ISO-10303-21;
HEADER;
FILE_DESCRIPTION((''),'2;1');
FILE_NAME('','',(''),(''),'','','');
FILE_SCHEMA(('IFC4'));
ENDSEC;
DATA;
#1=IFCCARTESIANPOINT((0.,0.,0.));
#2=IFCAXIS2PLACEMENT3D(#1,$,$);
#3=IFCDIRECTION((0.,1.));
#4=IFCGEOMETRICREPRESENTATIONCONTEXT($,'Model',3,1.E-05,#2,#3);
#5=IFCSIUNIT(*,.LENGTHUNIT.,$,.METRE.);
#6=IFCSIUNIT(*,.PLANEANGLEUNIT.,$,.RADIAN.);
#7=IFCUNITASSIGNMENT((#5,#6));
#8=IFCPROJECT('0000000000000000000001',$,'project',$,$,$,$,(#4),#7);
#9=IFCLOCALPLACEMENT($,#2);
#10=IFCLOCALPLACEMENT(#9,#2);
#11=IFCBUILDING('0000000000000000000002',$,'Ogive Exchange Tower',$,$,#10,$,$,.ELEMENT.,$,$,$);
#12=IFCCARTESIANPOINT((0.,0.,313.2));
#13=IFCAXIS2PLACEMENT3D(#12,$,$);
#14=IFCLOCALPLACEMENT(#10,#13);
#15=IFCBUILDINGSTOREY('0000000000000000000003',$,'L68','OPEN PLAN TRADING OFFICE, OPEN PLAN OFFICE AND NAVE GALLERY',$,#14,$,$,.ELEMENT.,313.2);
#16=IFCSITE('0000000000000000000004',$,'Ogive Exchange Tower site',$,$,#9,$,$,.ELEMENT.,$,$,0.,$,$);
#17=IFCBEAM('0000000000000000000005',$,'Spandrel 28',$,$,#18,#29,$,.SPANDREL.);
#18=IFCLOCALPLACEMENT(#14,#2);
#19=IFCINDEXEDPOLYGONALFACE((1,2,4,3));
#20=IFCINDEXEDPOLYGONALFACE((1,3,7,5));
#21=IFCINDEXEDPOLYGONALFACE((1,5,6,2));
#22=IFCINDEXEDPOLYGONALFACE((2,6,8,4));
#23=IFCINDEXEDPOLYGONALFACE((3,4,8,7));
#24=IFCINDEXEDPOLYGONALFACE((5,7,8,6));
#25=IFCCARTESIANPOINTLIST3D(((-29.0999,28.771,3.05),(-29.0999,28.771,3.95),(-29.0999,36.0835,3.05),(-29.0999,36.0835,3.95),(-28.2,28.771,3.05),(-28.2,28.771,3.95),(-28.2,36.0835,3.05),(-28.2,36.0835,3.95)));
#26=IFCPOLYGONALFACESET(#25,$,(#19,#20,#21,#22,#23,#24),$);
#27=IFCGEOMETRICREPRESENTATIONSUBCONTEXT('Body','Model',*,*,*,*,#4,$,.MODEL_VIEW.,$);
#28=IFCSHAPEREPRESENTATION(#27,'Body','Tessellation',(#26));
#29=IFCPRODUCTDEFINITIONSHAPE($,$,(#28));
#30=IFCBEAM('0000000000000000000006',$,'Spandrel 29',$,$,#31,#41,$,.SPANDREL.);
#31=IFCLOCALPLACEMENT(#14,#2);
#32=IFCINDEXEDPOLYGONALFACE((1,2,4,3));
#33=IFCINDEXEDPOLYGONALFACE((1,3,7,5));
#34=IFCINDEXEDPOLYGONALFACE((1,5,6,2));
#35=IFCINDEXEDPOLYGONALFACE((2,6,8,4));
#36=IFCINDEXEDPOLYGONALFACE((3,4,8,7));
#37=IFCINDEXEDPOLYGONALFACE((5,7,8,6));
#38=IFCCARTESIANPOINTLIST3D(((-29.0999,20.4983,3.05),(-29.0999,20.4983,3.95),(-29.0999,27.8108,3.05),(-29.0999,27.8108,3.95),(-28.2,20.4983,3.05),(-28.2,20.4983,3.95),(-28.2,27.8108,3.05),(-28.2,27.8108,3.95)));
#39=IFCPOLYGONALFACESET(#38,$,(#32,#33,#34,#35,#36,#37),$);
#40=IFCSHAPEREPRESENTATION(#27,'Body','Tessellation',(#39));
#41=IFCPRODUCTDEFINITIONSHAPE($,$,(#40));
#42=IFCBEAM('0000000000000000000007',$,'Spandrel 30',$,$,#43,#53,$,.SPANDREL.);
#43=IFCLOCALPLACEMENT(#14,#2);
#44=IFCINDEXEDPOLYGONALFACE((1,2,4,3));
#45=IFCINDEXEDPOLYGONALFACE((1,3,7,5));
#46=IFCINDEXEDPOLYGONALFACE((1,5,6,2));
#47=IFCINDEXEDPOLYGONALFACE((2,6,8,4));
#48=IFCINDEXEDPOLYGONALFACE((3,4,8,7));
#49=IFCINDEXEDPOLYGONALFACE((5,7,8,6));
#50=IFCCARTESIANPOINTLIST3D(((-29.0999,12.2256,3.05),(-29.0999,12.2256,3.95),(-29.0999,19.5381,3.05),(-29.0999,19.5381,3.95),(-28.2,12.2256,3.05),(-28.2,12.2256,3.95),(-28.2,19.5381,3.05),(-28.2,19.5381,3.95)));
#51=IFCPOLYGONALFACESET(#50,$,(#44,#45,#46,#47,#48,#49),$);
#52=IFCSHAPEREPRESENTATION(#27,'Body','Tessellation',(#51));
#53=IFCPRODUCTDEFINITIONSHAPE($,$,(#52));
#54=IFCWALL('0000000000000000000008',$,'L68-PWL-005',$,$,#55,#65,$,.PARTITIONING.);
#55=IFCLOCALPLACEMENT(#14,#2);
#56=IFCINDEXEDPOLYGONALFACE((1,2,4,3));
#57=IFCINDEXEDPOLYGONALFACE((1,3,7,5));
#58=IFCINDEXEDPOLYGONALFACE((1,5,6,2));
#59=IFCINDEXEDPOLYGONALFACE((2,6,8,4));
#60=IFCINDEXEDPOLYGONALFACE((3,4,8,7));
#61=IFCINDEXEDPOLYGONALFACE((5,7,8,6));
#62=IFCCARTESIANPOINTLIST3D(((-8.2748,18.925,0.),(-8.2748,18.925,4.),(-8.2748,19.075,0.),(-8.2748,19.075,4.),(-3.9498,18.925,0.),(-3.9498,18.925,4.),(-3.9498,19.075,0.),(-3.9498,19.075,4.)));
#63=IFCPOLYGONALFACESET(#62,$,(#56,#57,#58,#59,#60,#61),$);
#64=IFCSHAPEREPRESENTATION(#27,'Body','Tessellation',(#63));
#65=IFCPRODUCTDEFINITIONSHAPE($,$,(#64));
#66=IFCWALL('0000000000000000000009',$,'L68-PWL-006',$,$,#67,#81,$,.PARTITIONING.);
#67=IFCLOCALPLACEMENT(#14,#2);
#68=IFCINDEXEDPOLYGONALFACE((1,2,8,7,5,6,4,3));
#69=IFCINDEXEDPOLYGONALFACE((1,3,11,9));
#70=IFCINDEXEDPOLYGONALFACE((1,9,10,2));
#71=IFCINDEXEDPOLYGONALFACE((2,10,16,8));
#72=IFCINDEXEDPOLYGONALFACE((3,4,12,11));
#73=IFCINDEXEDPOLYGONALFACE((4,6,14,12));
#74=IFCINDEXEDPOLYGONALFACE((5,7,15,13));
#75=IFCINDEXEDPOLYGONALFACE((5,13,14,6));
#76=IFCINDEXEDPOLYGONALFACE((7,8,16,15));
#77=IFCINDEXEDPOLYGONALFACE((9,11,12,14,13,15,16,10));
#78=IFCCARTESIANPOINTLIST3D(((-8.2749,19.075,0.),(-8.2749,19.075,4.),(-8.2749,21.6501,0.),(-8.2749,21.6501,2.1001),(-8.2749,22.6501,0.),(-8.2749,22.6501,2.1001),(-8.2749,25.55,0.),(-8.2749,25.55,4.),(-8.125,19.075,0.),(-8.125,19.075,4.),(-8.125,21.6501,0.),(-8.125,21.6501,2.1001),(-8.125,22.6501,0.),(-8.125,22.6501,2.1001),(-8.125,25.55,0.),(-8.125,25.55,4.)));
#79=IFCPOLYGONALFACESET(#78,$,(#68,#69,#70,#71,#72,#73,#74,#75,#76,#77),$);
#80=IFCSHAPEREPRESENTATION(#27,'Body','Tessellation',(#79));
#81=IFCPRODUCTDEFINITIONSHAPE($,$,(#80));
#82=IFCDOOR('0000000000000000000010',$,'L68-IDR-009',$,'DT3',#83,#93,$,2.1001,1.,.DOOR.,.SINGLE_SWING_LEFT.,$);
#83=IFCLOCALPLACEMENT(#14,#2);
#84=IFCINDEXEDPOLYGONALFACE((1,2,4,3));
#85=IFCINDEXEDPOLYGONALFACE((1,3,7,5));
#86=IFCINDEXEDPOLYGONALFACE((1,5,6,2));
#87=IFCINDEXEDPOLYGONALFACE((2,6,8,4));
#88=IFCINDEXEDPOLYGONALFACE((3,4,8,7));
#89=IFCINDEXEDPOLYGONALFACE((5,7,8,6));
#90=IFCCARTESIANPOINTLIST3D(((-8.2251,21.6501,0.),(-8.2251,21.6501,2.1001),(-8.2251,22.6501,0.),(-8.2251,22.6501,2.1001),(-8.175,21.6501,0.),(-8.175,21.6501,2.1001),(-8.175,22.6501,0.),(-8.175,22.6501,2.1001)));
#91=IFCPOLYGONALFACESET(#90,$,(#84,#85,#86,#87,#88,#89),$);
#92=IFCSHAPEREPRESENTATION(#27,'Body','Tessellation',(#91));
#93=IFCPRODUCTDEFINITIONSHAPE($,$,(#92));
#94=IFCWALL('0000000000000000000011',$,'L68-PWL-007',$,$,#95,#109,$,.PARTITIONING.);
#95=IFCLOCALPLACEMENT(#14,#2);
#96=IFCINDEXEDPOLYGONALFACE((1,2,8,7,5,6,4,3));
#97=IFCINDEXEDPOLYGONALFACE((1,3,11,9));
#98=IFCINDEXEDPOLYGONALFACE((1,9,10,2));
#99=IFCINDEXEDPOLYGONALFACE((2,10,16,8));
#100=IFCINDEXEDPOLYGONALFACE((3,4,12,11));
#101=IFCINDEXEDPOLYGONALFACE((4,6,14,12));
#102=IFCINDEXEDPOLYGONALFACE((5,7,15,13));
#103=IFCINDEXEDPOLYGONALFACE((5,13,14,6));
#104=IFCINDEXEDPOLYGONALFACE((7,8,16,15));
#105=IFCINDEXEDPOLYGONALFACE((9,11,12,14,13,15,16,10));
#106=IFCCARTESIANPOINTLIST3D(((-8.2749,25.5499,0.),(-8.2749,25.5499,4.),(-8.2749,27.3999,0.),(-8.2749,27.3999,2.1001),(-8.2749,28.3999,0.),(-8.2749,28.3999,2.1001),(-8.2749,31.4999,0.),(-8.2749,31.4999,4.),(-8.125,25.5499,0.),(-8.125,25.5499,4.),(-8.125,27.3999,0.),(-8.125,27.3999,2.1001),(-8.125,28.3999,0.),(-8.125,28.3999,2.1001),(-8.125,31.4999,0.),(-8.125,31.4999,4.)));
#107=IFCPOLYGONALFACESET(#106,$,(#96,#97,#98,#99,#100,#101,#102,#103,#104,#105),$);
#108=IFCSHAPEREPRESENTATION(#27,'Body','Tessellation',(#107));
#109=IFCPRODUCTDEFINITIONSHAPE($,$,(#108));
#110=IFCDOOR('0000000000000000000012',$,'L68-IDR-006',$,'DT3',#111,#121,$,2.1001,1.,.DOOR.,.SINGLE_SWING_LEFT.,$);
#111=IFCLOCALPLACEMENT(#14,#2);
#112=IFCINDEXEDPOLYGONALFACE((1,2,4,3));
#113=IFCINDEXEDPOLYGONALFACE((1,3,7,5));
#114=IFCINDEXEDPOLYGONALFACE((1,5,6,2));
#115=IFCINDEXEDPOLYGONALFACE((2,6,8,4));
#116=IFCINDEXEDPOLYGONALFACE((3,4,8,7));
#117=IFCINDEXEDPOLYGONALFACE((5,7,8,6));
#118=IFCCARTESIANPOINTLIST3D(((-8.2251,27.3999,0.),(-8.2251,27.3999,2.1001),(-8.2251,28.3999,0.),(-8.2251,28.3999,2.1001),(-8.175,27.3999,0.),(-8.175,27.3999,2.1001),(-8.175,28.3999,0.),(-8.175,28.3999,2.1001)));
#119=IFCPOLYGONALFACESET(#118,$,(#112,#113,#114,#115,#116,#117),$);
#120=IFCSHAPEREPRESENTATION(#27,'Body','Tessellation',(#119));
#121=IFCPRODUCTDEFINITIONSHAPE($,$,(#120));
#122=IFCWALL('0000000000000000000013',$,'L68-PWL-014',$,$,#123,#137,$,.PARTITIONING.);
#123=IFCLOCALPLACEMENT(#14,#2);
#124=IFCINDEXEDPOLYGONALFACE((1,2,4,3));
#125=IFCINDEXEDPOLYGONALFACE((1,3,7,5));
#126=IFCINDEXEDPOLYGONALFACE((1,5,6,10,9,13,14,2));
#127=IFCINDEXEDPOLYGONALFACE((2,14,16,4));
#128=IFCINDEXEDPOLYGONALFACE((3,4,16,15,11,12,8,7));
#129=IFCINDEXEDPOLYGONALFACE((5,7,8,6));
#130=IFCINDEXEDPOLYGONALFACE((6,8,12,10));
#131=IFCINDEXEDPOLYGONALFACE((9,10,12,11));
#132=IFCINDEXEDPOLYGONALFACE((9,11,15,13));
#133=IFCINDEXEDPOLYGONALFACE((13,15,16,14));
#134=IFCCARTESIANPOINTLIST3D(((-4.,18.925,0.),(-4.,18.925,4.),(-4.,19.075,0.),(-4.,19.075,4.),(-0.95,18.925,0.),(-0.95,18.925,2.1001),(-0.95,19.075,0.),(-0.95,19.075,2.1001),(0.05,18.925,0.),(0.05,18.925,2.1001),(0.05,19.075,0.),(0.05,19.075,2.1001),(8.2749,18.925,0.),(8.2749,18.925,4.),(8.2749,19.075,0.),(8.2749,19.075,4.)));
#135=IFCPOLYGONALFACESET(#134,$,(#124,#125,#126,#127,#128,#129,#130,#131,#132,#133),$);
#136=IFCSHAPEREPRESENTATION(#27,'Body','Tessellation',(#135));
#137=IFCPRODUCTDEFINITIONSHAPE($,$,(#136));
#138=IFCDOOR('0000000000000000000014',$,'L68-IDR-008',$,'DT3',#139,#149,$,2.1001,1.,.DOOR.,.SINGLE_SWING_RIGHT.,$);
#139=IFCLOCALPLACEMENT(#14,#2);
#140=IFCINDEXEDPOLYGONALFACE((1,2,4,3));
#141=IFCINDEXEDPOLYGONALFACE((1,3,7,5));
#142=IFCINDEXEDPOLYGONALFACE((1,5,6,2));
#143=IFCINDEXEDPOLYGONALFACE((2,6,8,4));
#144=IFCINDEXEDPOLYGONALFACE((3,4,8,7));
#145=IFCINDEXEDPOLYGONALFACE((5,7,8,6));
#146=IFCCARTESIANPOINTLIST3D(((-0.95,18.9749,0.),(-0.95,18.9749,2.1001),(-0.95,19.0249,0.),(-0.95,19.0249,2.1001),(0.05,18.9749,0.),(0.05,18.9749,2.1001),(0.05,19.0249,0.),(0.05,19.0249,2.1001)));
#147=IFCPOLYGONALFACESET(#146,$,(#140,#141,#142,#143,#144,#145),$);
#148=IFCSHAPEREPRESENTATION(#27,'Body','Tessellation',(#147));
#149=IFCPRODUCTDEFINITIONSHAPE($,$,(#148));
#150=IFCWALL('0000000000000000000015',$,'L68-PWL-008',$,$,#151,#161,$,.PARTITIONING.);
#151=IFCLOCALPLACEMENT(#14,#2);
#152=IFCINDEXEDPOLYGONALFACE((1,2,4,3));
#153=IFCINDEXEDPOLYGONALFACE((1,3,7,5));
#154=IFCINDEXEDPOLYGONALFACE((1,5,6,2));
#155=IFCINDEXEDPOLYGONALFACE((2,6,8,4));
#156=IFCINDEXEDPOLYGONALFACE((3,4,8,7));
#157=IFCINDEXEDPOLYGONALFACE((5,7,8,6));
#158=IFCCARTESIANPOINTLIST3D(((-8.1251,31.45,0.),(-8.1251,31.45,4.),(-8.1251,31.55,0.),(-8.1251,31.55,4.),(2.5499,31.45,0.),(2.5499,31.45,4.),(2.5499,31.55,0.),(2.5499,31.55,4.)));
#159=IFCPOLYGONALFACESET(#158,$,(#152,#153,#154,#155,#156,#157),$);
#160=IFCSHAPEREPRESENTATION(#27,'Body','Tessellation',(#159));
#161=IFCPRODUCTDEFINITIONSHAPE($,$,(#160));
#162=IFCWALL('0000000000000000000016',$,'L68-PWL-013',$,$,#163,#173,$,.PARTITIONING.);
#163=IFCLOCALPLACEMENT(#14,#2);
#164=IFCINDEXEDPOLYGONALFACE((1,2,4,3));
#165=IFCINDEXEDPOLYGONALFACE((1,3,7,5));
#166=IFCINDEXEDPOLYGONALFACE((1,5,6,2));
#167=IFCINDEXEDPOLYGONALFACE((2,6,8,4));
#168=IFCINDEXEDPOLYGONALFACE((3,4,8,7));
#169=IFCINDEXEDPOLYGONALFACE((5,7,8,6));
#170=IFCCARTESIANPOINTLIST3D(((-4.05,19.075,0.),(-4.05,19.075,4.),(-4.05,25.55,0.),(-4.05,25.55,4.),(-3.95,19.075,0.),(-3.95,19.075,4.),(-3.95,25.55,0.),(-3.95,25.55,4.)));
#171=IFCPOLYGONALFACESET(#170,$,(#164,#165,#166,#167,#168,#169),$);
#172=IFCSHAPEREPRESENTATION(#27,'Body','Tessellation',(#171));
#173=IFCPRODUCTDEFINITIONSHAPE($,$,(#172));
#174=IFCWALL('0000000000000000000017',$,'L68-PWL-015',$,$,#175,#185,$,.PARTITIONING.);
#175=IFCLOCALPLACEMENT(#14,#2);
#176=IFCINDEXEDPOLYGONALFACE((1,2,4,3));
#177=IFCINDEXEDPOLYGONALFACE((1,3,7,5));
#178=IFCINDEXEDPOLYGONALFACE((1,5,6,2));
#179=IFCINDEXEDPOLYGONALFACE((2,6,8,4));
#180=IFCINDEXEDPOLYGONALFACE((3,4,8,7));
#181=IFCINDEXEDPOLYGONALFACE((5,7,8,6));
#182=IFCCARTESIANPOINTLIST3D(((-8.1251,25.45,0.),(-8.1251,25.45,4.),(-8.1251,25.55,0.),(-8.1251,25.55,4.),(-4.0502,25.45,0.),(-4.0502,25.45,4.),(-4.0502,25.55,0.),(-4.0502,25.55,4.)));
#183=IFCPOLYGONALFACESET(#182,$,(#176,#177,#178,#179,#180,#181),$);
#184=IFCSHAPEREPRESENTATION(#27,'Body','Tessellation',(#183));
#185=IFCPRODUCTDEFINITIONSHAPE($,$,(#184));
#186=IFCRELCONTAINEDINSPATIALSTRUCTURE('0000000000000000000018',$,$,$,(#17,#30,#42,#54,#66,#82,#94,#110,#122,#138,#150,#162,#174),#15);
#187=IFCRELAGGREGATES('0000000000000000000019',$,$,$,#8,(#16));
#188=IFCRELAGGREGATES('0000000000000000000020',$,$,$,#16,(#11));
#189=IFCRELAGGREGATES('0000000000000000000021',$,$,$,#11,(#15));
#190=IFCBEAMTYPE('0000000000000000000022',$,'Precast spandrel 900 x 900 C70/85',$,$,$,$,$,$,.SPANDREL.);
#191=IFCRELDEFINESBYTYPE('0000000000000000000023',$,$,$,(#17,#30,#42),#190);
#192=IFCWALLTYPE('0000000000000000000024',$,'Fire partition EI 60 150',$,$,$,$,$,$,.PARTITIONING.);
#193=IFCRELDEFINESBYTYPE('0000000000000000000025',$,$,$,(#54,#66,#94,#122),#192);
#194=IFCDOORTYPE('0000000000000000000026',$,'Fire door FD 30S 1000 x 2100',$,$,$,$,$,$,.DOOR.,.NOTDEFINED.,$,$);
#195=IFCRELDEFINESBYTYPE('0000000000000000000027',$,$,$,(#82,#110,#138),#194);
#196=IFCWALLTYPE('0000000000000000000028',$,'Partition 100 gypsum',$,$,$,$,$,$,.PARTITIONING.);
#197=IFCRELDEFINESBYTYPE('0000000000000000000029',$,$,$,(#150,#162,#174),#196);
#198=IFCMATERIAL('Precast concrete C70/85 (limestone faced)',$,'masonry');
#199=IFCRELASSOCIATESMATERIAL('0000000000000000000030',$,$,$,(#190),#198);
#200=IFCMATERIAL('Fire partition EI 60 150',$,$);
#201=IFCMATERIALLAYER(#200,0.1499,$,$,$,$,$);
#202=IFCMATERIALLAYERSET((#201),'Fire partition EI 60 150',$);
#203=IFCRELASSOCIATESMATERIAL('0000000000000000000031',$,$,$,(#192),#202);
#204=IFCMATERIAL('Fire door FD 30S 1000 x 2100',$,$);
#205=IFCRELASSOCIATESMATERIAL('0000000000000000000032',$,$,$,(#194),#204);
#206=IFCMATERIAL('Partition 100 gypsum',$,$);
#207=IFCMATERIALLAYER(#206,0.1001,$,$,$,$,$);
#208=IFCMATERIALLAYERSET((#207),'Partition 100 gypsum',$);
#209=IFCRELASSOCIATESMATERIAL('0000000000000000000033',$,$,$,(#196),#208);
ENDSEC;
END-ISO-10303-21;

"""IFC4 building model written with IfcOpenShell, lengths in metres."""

from ifc_helpers import new_model, si_unit, direction, frame, frame_2d, origin, origin_2d, place, context, subcontext, project, spatial, rectangle, extrude, material, layer, layer_set, material_profile, profile_set, type_object, element, fill, save


model = new_model("IFC4")

# Units and contexts
model_context = context("Model", 3, precision=1e-05, world=origin(), true_north=direction((0.0, 1.0)))
body_context = subcontext(model_context, "Body", "Model", "MODEL_VIEW")
ifc_project = project(units=[si_unit("LENGTHUNIT", "METRE"), si_unit("PLANEANGLEUNIT", "RADIAN")], contexts=[model_context])

# Site, building, storey
site_placement = place(None, origin())
site = spatial("IfcSite", under=ifc_project, at=site_placement, Name="Ogive Exchange Tower site", CompositionType="ELEMENT", RefElevation=0.0)
building_placement = place(site_placement, origin())
building = spatial("IfcBuilding", under=site, at=building_placement, Name="Ogive Exchange Tower", CompositionType="ELEMENT")
storey_placement = place(building_placement, frame((0.0, 0.0, 313.2)))
storey = spatial("IfcBuildingStorey", under=building, at=storey_placement, Name="L68", Description="OPEN PLAN TRADING OFFICE, OPEN PLAN OFFICE AND NAVE GALLERY", CompositionType="ELEMENT", Elevation=313.2)

# Shared definitions
ifc_material_1 = material(Name="Precast concrete C70/85 (limestone faced)", Category="masonry")

# Beams
ifc_material_profile_1 = material_profile(ifc_material_1, rectangle(XDim=0.8999, YDim=0.8999, at=origin_2d()), Name="900 x 900")
ifc_profile_set_1 = profile_set([ifc_material_profile_1], Name="Precast concrete C70/85 (limestone faced)")
beam_type_1 = type_object("IfcBeamType", Name="Precast spandrel 900 x 900 C70/85", PredefinedType="SPANDREL", material=ifc_profile_set_1)
for number, where, z_axis, x_axis, name in (
    (1, (-28.6499, 36.0835, 3.5), (0.0, -1.0, 0.0), (1.0, 0.0, 0.0), "Spandrel 28"),
    (2, (-28.6499, 27.8108, 3.5), (0.0, -1.0, 0.0), (1.0, 0.0, 0.0), "Spandrel 29"),
    (3, (-28.6499, 19.5381, 3.5), (0.0, -1.0, 0.0), (1.0, 0.0, 0.0), "Spandrel 30"),
):
    element("IfcBeam", number, at=place(storey_placement, frame(where, z_axis=z_axis, x_axis=x_axis)), inside=storey, type_object=beam_type_1, Name=name, PredefinedType="SPANDREL", context=body_context, shape_type="SweptSolid", body=[
        extrude(rectangle(XDim=0.8999, YDim=0.8999, at=origin_2d()), origin(), (0.0, 0.0, 1.0), 7.3125),
    ])

# Wall
ifc_material_2 = material(Name="Fire partition EI 60 150")
ifc_layer_1 = layer(ifc_material_2, 0.1499)
ifc_layer_set_1 = layer_set([ifc_layer_1], Name="Fire partition EI 60 150")
wall_type_1 = type_object("IfcWallType", Name="Fire partition EI 60 150", PredefinedType="PARTITIONING", material=ifc_layer_set_1)
wall_1_placement = place(storey_placement, frame((-8.2749, 19.0, 0.0), z_axis=(0.0, 0.0, 1.0), x_axis=(1.0, 0.0, 0.0)))
element("IfcWall", 4, at=wall_1_placement, inside=storey, type_object=wall_type_1, Name="L68-PWL-005", PredefinedType="PARTITIONING", context=body_context, shape_type="SweptSolid", body=[
    extrude(rectangle(XDim=4.325, YDim=0.1499, at=frame_2d((2.1626, 0.0))), origin(), (0.0, 0.0, 1.0), 4.0),
])

# Walls, openings, doors
wall_2_placement = place(storey_placement, frame((-8.2, 25.55, 0.0), z_axis=(0.0, 0.0, 1.0), x_axis=(0.0, -1.0, 0.0)))
wall_2 = element("IfcWall", 5, at=wall_2_placement, inside=storey, type_object=wall_type_1, Name="L68-PWL-006", PredefinedType="PARTITIONING", context=body_context, shape_type="SweptSolid", body=[
    extrude(rectangle(XDim=6.4751, YDim=0.1499, at=frame_2d((3.2375, 0.0))), origin(), (0.0, 0.0, 1.0), 4.0),
])
opening_1_placement = place(wall_2_placement, frame((2.8999, 0.0, 0.0)))
opening_1 = element("IfcOpeningElement", 6, at=opening_1_placement, cuts=wall_2, PredefinedType="OPENING", context=body_context, shape_type="SweptSolid", body=[
    extrude(rectangle(XDim=1.0, YDim=2.1001, at=frame_2d((0.5, 1.05))), frame((0.0, 0.085, 0.0), z_axis=(0.0, -1.0, 0.0), x_axis=(1.0, 0.0, 0.0)), (0.0, 0.0, 1.0), 0.1699),
])
ifc_material_3 = material(Name="Fire door FD 30S 1000 x 2100")
door_type_1 = type_object("IfcDoorType", Name="Fire door FD 30S 1000 x 2100", OperationType="NOTDEFINED", PredefinedType="DOOR", material=ifc_material_3)
door_1_placement = place(opening_1_placement, origin())
door_1 = element("IfcDoor", 7, at=door_1_placement, inside=storey, type_object=door_type_1, Name="L68-IDR-009", ObjectType="DT3", OperationType="SINGLE_SWING_LEFT", OverallHeight=2.1001, OverallWidth=1.0, PredefinedType="DOOR", context=body_context, shape_type="SweptSolid", body=[
    extrude(rectangle(XDim=1.0, YDim=2.1001, at=frame_2d((0.5, 1.05))), frame((0.0, 0.0249, 0.0), z_axis=(0.0, -1.0, 0.0), x_axis=(1.0, 0.0, 0.0)), (0.0, 0.0, 1.0), 0.05),
])
fill(opening_1, door_1)
wall_3_placement = place(storey_placement, frame((-8.2, 31.5, 0.0), z_axis=(0.0, 0.0, 1.0), x_axis=(0.0, -1.0, 0.0)))
wall_3 = element("IfcWall", 8, at=wall_3_placement, inside=storey, type_object=wall_type_1, Name="L68-PWL-007", PredefinedType="PARTITIONING", context=body_context, shape_type="SweptSolid", body=[
    extrude(rectangle(XDim=5.95, YDim=0.1499, at=frame_2d((2.9751, 0.0))), origin(), (0.0, 0.0, 1.0), 4.0),
])
opening_2_placement = place(wall_3_placement, frame((3.1001, 0.0, 0.0)))
opening_2 = element("IfcOpeningElement", 9, at=opening_2_placement, cuts=wall_3, PredefinedType="OPENING", context=body_context, shape_type="SweptSolid", body=[
    extrude(rectangle(XDim=1.0, YDim=2.1001, at=frame_2d((0.5, 1.05))), frame((0.0, 0.085, 0.0), z_axis=(0.0, -1.0, 0.0), x_axis=(1.0, 0.0, 0.0)), (0.0, 0.0, 1.0), 0.1699),
])
door_2_placement = place(opening_2_placement, origin())
door_2 = element("IfcDoor", 10, at=door_2_placement, inside=storey, type_object=door_type_1, Name="L68-IDR-006", ObjectType="DT3", OperationType="SINGLE_SWING_LEFT", OverallHeight=2.1001, OverallWidth=1.0, PredefinedType="DOOR", context=body_context, shape_type="SweptSolid", body=[
    extrude(rectangle(XDim=1.0, YDim=2.1001, at=frame_2d((0.5, 1.05))), frame((0.0, 0.0249, 0.0), z_axis=(0.0, -1.0, 0.0), x_axis=(1.0, 0.0, 0.0)), (0.0, 0.0, 1.0), 0.05),
])
fill(opening_2, door_2)
wall_4_placement = place(storey_placement, frame((-4.0, 19.0, 0.0), z_axis=(0.0, 0.0, 1.0), x_axis=(1.0, 0.0, 0.0)))
wall_4 = element("IfcWall", 11, at=wall_4_placement, inside=storey, type_object=wall_type_1, Name="L68-PWL-014", PredefinedType="PARTITIONING", context=body_context, shape_type="SweptSolid", body=[
    extrude(rectangle(XDim=12.2749, YDim=0.1499, at=frame_2d((6.1375, 0.0))), origin(), (0.0, 0.0, 1.0), 4.0),
])
opening_3_placement = place(wall_4_placement, frame((3.05, 0.0, 0.0)))
opening_3 = element("IfcOpeningElement", 12, at=opening_3_placement, cuts=wall_4, PredefinedType="OPENING", context=body_context, shape_type="SweptSolid", body=[
    extrude(rectangle(XDim=1.0, YDim=2.1001, at=frame_2d((0.5, 1.05))), frame((0.0, 0.085, 0.0), z_axis=(0.0, -1.0, 0.0), x_axis=(1.0, 0.0, 0.0)), (0.0, 0.0, 1.0), 0.1699),
])
door_3_placement = place(opening_3_placement, origin())
door_3 = element("IfcDoor", 13, at=door_3_placement, inside=storey, type_object=door_type_1, Name="L68-IDR-008", ObjectType="DT3", OperationType="SINGLE_SWING_RIGHT", OverallHeight=2.1001, OverallWidth=1.0, PredefinedType="DOOR", context=body_context, shape_type="SweptSolid", body=[
    extrude(rectangle(XDim=1.0, YDim=2.1001, at=frame_2d((0.5, 1.05))), frame((0.0, 0.0249, 0.0), z_axis=(0.0, -1.0, 0.0), x_axis=(1.0, 0.0, 0.0)), (0.0, 0.0, 1.0), 0.05),
])
fill(opening_3, door_3)

# Walls
ifc_material_4 = material(Name="Partition 100 gypsum")
ifc_layer_2 = layer(ifc_material_4, 0.1001)
ifc_layer_set_2 = layer_set([ifc_layer_2], Name="Partition 100 gypsum")
wall_type_2 = type_object("IfcWallType", Name="Partition 100 gypsum", PredefinedType="PARTITIONING", material=ifc_layer_set_2)
wall_5_placement = place(storey_placement, frame((-8.125, 31.5, 0.0), z_axis=(0.0, 0.0, 1.0), x_axis=(1.0, 0.0, 0.0)))
element("IfcWall", 14, at=wall_5_placement, inside=storey, type_object=wall_type_2, Name="L68-PWL-008", PredefinedType="PARTITIONING", context=body_context, shape_type="SweptSolid", body=[
    extrude(rectangle(XDim=10.675, YDim=0.1001, at=frame_2d((5.3374, 0.0))), origin(), (0.0, 0.0, 1.0), 4.0),
])
wall_6_placement = place(storey_placement, frame((-4.0, 19.075, 0.0), z_axis=(0.0, 0.0, 1.0), x_axis=(0.0, 1.0, 0.0)))
element("IfcWall", 15, at=wall_6_placement, inside=storey, type_object=wall_type_2, Name="L68-PWL-013", PredefinedType="PARTITIONING", context=body_context, shape_type="SweptSolid", body=[
    extrude(rectangle(XDim=6.4751, YDim=0.1001, at=frame_2d((3.2375, 0.0))), origin(), (0.0, 0.0, 1.0), 4.0),
])
wall_7_placement = place(storey_placement, frame((-4.05, 25.5, 0.0), z_axis=(0.0, 0.0, 1.0), x_axis=(-1.0, 0.0, 0.0)))
element("IfcWall", 16, at=wall_7_placement, inside=storey, type_object=wall_type_2, Name="L68-PWL-015", PredefinedType="PARTITIONING", context=body_context, shape_type="SweptSolid", body=[
    extrude(rectangle(XDim=4.075, YDim=0.1001, at=frame_2d((2.0376, 0.0))), origin(), (0.0, 0.0, 1.0), 4.0),
])

save(model, "model.ifc")
